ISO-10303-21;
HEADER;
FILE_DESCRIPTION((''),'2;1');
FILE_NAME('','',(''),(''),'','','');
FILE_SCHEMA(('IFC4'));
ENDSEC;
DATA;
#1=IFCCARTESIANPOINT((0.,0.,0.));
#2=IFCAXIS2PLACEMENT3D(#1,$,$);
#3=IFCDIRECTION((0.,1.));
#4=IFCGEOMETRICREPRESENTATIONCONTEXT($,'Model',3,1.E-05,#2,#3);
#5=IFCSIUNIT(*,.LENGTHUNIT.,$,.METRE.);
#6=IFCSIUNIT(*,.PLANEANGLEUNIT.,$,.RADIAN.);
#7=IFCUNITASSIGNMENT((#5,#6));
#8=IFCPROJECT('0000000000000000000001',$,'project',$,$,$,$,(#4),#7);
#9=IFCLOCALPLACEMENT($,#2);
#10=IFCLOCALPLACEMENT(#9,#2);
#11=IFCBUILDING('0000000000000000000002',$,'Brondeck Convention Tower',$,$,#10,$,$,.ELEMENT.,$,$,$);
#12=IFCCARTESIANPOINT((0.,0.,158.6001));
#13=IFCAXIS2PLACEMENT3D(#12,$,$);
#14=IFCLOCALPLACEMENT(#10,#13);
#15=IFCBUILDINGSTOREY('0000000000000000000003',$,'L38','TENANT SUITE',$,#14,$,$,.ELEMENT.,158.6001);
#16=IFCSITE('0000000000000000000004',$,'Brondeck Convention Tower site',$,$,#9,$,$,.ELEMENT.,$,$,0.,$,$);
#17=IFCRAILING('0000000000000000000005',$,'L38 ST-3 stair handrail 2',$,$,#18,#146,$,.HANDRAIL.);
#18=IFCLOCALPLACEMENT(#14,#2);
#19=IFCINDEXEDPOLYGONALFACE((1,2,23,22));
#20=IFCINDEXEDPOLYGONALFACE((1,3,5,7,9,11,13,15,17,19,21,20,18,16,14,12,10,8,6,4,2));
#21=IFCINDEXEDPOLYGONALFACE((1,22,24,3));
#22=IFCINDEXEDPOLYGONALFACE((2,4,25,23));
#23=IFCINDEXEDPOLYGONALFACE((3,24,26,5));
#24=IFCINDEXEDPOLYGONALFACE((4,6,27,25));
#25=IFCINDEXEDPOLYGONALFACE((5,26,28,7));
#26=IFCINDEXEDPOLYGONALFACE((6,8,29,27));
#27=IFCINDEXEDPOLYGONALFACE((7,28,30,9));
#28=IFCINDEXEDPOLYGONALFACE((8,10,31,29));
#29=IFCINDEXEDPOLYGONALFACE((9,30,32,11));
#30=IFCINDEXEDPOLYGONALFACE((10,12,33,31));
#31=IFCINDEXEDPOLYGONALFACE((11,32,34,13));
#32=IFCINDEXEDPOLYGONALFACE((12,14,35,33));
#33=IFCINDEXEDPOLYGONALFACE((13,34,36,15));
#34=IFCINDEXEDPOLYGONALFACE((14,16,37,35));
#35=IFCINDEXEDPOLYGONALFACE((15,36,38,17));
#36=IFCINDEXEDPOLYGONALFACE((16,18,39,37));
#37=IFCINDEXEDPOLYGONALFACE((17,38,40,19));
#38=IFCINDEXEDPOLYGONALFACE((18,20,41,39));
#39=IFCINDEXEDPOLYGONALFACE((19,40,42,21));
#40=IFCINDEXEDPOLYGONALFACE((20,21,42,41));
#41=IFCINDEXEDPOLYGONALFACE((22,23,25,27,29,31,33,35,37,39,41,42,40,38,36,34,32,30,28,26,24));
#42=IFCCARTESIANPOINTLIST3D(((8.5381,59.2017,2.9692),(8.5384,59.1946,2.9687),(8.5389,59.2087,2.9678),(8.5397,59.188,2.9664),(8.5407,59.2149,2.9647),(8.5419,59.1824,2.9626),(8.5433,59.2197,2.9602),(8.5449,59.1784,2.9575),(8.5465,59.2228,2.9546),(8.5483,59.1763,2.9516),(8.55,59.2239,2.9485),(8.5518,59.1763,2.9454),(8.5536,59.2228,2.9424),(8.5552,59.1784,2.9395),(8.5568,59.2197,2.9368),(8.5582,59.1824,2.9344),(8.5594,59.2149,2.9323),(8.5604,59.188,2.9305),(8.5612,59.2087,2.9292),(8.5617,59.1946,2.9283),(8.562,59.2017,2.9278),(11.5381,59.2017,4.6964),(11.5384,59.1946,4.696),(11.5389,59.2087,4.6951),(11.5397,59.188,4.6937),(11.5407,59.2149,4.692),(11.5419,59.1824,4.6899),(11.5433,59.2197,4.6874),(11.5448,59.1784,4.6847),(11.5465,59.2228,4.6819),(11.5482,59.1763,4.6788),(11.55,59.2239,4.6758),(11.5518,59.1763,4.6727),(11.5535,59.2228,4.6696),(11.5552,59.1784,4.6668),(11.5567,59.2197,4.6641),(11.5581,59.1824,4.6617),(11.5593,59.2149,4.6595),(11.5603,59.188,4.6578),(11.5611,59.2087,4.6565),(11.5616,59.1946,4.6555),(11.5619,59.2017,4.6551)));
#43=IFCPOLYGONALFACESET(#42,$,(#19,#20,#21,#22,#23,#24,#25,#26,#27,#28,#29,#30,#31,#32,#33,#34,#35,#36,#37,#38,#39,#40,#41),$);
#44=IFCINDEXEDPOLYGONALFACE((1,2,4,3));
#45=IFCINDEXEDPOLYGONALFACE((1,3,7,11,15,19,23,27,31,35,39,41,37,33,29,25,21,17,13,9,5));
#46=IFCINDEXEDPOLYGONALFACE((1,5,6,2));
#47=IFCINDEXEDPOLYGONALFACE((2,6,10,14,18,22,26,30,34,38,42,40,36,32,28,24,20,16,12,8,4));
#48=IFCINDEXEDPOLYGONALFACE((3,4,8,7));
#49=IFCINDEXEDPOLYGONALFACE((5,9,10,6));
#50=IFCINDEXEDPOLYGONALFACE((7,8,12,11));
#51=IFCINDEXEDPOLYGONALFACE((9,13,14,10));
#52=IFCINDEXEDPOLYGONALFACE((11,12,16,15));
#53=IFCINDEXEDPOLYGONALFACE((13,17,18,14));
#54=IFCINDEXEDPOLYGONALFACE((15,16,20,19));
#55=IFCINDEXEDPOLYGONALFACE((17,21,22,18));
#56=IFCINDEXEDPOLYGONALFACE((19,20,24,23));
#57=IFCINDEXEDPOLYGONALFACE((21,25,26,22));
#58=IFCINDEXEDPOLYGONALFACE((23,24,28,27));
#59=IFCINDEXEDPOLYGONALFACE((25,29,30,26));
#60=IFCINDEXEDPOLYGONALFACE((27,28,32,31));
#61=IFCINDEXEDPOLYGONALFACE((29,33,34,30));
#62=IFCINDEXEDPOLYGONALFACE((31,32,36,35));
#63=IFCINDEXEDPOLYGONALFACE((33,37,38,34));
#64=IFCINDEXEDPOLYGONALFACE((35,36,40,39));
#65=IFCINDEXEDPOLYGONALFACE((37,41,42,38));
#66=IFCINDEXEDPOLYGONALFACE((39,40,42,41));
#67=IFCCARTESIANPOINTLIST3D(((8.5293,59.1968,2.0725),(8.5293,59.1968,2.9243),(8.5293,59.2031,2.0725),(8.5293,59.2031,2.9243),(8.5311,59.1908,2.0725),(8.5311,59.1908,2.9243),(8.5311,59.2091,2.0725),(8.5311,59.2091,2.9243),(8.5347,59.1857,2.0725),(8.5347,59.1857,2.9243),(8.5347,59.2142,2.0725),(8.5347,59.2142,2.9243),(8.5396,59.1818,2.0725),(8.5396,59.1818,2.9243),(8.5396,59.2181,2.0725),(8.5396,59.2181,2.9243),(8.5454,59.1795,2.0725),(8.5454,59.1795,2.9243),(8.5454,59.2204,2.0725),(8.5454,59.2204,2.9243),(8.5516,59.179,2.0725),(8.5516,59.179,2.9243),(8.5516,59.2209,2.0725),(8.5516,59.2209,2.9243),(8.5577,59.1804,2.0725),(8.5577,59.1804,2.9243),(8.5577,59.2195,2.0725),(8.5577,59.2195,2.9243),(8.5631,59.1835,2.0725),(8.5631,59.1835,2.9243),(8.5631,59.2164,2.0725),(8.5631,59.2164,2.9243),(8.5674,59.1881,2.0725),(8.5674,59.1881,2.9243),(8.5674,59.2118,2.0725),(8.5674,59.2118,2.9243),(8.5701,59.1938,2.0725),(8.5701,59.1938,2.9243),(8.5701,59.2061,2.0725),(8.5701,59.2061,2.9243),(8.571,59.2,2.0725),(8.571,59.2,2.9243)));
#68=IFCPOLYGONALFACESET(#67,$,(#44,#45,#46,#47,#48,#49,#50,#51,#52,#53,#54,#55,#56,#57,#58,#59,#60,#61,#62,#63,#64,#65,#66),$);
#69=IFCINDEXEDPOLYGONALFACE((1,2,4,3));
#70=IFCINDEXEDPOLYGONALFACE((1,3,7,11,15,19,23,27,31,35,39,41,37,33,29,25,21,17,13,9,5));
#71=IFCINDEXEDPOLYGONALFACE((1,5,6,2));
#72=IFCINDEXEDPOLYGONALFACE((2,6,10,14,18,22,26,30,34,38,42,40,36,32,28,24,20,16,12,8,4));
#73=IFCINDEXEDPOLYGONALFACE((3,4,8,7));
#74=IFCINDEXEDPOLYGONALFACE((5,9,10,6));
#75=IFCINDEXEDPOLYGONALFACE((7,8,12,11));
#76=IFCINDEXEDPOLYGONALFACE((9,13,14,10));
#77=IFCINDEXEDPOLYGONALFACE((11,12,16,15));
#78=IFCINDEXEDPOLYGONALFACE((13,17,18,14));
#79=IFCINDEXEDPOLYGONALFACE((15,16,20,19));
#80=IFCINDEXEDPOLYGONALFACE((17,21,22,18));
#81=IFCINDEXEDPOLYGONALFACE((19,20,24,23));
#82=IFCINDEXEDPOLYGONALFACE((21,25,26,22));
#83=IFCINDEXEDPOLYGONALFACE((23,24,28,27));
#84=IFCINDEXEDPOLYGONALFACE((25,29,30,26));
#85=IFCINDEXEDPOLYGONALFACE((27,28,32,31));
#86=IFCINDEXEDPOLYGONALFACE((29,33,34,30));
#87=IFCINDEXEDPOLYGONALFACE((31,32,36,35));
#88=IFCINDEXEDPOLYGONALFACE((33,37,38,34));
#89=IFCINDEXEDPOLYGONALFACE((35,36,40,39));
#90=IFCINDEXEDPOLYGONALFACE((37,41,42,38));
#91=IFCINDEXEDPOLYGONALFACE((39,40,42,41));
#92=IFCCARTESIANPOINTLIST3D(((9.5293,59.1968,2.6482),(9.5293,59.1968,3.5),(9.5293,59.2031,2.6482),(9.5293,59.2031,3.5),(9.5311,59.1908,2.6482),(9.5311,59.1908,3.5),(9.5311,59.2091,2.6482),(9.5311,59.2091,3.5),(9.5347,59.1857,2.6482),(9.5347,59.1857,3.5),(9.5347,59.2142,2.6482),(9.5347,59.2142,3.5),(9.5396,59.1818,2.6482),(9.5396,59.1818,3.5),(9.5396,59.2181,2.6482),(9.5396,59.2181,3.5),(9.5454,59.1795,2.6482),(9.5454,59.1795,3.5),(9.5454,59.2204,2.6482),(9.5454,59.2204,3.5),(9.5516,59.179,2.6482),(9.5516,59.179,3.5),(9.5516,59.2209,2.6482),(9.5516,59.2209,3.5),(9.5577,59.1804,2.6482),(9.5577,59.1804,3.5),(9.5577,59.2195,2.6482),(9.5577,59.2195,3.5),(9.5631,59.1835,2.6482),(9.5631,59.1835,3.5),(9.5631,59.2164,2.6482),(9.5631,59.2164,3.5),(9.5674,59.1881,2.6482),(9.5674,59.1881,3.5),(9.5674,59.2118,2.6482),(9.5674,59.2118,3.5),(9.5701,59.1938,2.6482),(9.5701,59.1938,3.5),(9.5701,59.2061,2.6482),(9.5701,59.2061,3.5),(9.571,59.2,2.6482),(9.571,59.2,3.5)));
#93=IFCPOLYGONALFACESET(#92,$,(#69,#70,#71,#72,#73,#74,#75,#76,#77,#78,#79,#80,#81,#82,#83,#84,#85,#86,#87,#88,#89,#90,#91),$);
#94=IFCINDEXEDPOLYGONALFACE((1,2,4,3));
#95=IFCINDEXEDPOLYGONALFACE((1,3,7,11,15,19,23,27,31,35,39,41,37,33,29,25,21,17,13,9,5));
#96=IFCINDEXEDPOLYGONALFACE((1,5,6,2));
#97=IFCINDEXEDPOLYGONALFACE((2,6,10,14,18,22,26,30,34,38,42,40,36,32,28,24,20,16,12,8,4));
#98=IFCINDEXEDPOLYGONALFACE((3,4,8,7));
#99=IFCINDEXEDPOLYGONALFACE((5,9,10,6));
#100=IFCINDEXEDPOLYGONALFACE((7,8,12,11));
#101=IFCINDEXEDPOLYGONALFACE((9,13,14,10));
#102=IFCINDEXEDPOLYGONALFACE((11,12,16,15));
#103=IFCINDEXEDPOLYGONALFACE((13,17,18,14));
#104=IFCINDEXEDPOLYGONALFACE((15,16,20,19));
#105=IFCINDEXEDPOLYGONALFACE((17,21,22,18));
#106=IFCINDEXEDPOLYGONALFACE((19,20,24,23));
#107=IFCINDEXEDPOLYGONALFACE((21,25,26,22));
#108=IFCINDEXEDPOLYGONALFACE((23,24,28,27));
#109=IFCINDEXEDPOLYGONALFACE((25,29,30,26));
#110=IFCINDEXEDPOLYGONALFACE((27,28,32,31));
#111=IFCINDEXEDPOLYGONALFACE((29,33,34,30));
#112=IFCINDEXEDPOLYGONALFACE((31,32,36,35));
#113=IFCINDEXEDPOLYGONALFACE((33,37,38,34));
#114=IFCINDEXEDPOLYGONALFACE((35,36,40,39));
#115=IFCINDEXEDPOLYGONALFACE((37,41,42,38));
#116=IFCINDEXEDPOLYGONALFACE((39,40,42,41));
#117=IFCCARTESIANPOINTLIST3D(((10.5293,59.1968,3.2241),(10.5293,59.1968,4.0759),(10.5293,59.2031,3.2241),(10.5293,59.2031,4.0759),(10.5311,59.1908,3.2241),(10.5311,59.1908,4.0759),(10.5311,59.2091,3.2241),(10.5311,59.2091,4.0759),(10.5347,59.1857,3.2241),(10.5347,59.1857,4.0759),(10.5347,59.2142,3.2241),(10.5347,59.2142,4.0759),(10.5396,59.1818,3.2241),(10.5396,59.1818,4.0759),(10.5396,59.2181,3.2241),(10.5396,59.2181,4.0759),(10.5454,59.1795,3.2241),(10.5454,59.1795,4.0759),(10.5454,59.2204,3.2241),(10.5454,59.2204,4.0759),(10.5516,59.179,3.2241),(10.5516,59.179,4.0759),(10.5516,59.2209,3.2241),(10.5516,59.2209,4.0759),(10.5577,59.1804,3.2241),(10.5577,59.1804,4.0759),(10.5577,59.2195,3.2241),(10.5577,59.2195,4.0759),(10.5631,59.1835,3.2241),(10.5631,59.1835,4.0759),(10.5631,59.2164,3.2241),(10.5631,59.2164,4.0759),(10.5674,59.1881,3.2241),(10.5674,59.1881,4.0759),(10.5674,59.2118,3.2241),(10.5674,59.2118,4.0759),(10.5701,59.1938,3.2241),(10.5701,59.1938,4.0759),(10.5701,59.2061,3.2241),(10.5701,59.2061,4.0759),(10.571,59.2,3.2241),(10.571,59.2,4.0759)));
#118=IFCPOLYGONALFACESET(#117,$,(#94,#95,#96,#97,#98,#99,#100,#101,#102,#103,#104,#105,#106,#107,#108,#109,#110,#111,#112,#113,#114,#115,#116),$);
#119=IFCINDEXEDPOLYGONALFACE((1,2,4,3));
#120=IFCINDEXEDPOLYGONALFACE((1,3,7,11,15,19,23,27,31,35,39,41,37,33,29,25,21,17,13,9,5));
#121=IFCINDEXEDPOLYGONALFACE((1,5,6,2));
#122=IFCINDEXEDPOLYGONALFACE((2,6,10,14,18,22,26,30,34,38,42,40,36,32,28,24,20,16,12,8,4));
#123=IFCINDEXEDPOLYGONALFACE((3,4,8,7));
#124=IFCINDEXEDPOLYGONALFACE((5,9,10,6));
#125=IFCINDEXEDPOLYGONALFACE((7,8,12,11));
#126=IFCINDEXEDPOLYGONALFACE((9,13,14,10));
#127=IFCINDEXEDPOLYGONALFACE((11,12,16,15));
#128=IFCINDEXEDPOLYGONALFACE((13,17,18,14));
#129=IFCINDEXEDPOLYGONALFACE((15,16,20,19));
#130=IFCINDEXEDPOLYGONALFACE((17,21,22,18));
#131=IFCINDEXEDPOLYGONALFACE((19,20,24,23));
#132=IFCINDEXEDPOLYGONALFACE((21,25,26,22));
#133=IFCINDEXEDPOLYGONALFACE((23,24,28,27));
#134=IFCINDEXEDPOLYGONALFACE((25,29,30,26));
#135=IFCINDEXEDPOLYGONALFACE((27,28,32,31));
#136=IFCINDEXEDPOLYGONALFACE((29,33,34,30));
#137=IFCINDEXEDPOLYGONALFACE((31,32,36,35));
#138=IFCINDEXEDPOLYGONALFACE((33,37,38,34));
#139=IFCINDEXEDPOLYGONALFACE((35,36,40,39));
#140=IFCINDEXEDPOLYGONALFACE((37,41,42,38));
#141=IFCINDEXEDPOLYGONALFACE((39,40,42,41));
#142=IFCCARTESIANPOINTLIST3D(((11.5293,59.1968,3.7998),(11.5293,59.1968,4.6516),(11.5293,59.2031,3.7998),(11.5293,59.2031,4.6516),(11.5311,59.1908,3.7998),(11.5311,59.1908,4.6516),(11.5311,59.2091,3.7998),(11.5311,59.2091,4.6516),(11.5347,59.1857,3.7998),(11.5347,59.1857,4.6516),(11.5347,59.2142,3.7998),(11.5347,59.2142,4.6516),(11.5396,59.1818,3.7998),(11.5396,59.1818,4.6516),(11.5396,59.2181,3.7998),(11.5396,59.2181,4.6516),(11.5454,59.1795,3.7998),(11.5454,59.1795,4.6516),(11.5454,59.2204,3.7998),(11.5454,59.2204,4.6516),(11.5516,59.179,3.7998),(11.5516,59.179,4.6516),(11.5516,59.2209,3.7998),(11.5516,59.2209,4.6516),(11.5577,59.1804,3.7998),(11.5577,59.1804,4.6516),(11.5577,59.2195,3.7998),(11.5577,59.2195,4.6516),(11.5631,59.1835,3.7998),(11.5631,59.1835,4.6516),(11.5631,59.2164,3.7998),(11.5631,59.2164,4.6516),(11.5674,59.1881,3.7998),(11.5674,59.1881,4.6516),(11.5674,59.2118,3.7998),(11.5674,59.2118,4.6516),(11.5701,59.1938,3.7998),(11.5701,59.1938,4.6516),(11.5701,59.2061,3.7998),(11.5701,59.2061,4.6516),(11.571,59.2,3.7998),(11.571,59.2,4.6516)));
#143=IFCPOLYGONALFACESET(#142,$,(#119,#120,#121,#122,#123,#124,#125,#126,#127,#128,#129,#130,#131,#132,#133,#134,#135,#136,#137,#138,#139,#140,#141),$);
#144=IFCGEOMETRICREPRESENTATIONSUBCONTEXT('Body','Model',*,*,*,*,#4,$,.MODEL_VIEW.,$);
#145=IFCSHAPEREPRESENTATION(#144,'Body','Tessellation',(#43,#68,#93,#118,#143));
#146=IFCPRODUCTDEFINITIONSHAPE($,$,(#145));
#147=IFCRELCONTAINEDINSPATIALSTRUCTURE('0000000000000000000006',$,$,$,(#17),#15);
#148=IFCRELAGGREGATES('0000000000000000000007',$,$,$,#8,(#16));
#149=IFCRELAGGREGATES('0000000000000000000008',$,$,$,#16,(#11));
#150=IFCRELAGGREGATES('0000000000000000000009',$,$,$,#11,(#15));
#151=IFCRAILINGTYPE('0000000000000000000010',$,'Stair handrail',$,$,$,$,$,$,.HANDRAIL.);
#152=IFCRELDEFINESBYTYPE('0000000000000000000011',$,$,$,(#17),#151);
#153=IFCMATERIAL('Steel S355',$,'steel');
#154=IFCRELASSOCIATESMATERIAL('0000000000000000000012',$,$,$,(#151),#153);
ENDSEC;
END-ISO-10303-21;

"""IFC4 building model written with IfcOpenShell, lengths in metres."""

from ifc_helpers import new_model, si_unit, direction, frame, origin, origin_2d, place, context, subcontext, project, spatial, circle, extrude, material, type_object, element, save


model = new_model("IFC4")

# Units and contexts
model_context = context("Model", 3, precision=1e-05, world=origin(), true_north=direction((0.0, 1.0)))
body_context = subcontext(model_context, "Body", "Model", "MODEL_VIEW")
ifc_project = project(units=[si_unit("LENGTHUNIT", "METRE"), si_unit("PLANEANGLEUNIT", "RADIAN")], contexts=[model_context])

# Site, building, storey
site_placement = place(None, origin())
site = spatial("IfcSite", under=ifc_project, at=site_placement, Name="Brondeck Convention Tower site", CompositionType="ELEMENT", RefElevation=0.0)
building_placement = place(site_placement, origin())
building = spatial("IfcBuilding", under=site, at=building_placement, Name="Brondeck Convention Tower", CompositionType="ELEMENT")
storey_placement = place(building_placement, frame((0.0, 0.0, 158.6001)))
storey = spatial("IfcBuildingStorey", under=building, at=storey_placement, Name="L38", Description="TENANT SUITE", CompositionType="ELEMENT", Elevation=158.6001)

# Railing
ifc_material_1 = material(Name="Steel S355", Category="steel")
railing_type_1 = type_object("IfcRailingType", Name="Stair handrail", PredefinedType="HANDRAIL", material=ifc_material_1)
railing_1_placement = place(storey_placement, frame((8.55, 59.2, 2.0725)))
element("IfcRailing", 1, at=railing_1_placement, inside=storey, type_object=railing_type_1, Name="L38 ST-3 stair handrail 2", PredefinedType="HANDRAIL", context=body_context, shape_type="SweptSolid", body=[
    extrude(circle(Radius=0.0239, at=origin_2d()), frame((0.0, 0.0, 0.876), z_axis=(0.86662, 0.0, 0.498969), x_axis=(0.0, 1.0, 0.0)), (0.0, 0.0, 1.0), 3.4617),
    extrude(circle(Radius=0.021, at=origin_2d()), origin(), (0.0, 0.0, 1.0), 0.8518),
    extrude(circle(Radius=0.021, at=origin_2d()), frame((1.0, 0.0, 0.5757)), (0.0, 0.0, 1.0), 0.8518),
    extrude(circle(Radius=0.021, at=origin_2d()), frame((2.0, 0.0, 1.1516)), (0.0, 0.0, 1.0), 0.8518),
    extrude(circle(Radius=0.021, at=origin_2d()), frame((3.0, 0.0, 1.7273)), (0.0, 0.0, 1.0), 0.8518),
])

save(model, "model.ifc")
